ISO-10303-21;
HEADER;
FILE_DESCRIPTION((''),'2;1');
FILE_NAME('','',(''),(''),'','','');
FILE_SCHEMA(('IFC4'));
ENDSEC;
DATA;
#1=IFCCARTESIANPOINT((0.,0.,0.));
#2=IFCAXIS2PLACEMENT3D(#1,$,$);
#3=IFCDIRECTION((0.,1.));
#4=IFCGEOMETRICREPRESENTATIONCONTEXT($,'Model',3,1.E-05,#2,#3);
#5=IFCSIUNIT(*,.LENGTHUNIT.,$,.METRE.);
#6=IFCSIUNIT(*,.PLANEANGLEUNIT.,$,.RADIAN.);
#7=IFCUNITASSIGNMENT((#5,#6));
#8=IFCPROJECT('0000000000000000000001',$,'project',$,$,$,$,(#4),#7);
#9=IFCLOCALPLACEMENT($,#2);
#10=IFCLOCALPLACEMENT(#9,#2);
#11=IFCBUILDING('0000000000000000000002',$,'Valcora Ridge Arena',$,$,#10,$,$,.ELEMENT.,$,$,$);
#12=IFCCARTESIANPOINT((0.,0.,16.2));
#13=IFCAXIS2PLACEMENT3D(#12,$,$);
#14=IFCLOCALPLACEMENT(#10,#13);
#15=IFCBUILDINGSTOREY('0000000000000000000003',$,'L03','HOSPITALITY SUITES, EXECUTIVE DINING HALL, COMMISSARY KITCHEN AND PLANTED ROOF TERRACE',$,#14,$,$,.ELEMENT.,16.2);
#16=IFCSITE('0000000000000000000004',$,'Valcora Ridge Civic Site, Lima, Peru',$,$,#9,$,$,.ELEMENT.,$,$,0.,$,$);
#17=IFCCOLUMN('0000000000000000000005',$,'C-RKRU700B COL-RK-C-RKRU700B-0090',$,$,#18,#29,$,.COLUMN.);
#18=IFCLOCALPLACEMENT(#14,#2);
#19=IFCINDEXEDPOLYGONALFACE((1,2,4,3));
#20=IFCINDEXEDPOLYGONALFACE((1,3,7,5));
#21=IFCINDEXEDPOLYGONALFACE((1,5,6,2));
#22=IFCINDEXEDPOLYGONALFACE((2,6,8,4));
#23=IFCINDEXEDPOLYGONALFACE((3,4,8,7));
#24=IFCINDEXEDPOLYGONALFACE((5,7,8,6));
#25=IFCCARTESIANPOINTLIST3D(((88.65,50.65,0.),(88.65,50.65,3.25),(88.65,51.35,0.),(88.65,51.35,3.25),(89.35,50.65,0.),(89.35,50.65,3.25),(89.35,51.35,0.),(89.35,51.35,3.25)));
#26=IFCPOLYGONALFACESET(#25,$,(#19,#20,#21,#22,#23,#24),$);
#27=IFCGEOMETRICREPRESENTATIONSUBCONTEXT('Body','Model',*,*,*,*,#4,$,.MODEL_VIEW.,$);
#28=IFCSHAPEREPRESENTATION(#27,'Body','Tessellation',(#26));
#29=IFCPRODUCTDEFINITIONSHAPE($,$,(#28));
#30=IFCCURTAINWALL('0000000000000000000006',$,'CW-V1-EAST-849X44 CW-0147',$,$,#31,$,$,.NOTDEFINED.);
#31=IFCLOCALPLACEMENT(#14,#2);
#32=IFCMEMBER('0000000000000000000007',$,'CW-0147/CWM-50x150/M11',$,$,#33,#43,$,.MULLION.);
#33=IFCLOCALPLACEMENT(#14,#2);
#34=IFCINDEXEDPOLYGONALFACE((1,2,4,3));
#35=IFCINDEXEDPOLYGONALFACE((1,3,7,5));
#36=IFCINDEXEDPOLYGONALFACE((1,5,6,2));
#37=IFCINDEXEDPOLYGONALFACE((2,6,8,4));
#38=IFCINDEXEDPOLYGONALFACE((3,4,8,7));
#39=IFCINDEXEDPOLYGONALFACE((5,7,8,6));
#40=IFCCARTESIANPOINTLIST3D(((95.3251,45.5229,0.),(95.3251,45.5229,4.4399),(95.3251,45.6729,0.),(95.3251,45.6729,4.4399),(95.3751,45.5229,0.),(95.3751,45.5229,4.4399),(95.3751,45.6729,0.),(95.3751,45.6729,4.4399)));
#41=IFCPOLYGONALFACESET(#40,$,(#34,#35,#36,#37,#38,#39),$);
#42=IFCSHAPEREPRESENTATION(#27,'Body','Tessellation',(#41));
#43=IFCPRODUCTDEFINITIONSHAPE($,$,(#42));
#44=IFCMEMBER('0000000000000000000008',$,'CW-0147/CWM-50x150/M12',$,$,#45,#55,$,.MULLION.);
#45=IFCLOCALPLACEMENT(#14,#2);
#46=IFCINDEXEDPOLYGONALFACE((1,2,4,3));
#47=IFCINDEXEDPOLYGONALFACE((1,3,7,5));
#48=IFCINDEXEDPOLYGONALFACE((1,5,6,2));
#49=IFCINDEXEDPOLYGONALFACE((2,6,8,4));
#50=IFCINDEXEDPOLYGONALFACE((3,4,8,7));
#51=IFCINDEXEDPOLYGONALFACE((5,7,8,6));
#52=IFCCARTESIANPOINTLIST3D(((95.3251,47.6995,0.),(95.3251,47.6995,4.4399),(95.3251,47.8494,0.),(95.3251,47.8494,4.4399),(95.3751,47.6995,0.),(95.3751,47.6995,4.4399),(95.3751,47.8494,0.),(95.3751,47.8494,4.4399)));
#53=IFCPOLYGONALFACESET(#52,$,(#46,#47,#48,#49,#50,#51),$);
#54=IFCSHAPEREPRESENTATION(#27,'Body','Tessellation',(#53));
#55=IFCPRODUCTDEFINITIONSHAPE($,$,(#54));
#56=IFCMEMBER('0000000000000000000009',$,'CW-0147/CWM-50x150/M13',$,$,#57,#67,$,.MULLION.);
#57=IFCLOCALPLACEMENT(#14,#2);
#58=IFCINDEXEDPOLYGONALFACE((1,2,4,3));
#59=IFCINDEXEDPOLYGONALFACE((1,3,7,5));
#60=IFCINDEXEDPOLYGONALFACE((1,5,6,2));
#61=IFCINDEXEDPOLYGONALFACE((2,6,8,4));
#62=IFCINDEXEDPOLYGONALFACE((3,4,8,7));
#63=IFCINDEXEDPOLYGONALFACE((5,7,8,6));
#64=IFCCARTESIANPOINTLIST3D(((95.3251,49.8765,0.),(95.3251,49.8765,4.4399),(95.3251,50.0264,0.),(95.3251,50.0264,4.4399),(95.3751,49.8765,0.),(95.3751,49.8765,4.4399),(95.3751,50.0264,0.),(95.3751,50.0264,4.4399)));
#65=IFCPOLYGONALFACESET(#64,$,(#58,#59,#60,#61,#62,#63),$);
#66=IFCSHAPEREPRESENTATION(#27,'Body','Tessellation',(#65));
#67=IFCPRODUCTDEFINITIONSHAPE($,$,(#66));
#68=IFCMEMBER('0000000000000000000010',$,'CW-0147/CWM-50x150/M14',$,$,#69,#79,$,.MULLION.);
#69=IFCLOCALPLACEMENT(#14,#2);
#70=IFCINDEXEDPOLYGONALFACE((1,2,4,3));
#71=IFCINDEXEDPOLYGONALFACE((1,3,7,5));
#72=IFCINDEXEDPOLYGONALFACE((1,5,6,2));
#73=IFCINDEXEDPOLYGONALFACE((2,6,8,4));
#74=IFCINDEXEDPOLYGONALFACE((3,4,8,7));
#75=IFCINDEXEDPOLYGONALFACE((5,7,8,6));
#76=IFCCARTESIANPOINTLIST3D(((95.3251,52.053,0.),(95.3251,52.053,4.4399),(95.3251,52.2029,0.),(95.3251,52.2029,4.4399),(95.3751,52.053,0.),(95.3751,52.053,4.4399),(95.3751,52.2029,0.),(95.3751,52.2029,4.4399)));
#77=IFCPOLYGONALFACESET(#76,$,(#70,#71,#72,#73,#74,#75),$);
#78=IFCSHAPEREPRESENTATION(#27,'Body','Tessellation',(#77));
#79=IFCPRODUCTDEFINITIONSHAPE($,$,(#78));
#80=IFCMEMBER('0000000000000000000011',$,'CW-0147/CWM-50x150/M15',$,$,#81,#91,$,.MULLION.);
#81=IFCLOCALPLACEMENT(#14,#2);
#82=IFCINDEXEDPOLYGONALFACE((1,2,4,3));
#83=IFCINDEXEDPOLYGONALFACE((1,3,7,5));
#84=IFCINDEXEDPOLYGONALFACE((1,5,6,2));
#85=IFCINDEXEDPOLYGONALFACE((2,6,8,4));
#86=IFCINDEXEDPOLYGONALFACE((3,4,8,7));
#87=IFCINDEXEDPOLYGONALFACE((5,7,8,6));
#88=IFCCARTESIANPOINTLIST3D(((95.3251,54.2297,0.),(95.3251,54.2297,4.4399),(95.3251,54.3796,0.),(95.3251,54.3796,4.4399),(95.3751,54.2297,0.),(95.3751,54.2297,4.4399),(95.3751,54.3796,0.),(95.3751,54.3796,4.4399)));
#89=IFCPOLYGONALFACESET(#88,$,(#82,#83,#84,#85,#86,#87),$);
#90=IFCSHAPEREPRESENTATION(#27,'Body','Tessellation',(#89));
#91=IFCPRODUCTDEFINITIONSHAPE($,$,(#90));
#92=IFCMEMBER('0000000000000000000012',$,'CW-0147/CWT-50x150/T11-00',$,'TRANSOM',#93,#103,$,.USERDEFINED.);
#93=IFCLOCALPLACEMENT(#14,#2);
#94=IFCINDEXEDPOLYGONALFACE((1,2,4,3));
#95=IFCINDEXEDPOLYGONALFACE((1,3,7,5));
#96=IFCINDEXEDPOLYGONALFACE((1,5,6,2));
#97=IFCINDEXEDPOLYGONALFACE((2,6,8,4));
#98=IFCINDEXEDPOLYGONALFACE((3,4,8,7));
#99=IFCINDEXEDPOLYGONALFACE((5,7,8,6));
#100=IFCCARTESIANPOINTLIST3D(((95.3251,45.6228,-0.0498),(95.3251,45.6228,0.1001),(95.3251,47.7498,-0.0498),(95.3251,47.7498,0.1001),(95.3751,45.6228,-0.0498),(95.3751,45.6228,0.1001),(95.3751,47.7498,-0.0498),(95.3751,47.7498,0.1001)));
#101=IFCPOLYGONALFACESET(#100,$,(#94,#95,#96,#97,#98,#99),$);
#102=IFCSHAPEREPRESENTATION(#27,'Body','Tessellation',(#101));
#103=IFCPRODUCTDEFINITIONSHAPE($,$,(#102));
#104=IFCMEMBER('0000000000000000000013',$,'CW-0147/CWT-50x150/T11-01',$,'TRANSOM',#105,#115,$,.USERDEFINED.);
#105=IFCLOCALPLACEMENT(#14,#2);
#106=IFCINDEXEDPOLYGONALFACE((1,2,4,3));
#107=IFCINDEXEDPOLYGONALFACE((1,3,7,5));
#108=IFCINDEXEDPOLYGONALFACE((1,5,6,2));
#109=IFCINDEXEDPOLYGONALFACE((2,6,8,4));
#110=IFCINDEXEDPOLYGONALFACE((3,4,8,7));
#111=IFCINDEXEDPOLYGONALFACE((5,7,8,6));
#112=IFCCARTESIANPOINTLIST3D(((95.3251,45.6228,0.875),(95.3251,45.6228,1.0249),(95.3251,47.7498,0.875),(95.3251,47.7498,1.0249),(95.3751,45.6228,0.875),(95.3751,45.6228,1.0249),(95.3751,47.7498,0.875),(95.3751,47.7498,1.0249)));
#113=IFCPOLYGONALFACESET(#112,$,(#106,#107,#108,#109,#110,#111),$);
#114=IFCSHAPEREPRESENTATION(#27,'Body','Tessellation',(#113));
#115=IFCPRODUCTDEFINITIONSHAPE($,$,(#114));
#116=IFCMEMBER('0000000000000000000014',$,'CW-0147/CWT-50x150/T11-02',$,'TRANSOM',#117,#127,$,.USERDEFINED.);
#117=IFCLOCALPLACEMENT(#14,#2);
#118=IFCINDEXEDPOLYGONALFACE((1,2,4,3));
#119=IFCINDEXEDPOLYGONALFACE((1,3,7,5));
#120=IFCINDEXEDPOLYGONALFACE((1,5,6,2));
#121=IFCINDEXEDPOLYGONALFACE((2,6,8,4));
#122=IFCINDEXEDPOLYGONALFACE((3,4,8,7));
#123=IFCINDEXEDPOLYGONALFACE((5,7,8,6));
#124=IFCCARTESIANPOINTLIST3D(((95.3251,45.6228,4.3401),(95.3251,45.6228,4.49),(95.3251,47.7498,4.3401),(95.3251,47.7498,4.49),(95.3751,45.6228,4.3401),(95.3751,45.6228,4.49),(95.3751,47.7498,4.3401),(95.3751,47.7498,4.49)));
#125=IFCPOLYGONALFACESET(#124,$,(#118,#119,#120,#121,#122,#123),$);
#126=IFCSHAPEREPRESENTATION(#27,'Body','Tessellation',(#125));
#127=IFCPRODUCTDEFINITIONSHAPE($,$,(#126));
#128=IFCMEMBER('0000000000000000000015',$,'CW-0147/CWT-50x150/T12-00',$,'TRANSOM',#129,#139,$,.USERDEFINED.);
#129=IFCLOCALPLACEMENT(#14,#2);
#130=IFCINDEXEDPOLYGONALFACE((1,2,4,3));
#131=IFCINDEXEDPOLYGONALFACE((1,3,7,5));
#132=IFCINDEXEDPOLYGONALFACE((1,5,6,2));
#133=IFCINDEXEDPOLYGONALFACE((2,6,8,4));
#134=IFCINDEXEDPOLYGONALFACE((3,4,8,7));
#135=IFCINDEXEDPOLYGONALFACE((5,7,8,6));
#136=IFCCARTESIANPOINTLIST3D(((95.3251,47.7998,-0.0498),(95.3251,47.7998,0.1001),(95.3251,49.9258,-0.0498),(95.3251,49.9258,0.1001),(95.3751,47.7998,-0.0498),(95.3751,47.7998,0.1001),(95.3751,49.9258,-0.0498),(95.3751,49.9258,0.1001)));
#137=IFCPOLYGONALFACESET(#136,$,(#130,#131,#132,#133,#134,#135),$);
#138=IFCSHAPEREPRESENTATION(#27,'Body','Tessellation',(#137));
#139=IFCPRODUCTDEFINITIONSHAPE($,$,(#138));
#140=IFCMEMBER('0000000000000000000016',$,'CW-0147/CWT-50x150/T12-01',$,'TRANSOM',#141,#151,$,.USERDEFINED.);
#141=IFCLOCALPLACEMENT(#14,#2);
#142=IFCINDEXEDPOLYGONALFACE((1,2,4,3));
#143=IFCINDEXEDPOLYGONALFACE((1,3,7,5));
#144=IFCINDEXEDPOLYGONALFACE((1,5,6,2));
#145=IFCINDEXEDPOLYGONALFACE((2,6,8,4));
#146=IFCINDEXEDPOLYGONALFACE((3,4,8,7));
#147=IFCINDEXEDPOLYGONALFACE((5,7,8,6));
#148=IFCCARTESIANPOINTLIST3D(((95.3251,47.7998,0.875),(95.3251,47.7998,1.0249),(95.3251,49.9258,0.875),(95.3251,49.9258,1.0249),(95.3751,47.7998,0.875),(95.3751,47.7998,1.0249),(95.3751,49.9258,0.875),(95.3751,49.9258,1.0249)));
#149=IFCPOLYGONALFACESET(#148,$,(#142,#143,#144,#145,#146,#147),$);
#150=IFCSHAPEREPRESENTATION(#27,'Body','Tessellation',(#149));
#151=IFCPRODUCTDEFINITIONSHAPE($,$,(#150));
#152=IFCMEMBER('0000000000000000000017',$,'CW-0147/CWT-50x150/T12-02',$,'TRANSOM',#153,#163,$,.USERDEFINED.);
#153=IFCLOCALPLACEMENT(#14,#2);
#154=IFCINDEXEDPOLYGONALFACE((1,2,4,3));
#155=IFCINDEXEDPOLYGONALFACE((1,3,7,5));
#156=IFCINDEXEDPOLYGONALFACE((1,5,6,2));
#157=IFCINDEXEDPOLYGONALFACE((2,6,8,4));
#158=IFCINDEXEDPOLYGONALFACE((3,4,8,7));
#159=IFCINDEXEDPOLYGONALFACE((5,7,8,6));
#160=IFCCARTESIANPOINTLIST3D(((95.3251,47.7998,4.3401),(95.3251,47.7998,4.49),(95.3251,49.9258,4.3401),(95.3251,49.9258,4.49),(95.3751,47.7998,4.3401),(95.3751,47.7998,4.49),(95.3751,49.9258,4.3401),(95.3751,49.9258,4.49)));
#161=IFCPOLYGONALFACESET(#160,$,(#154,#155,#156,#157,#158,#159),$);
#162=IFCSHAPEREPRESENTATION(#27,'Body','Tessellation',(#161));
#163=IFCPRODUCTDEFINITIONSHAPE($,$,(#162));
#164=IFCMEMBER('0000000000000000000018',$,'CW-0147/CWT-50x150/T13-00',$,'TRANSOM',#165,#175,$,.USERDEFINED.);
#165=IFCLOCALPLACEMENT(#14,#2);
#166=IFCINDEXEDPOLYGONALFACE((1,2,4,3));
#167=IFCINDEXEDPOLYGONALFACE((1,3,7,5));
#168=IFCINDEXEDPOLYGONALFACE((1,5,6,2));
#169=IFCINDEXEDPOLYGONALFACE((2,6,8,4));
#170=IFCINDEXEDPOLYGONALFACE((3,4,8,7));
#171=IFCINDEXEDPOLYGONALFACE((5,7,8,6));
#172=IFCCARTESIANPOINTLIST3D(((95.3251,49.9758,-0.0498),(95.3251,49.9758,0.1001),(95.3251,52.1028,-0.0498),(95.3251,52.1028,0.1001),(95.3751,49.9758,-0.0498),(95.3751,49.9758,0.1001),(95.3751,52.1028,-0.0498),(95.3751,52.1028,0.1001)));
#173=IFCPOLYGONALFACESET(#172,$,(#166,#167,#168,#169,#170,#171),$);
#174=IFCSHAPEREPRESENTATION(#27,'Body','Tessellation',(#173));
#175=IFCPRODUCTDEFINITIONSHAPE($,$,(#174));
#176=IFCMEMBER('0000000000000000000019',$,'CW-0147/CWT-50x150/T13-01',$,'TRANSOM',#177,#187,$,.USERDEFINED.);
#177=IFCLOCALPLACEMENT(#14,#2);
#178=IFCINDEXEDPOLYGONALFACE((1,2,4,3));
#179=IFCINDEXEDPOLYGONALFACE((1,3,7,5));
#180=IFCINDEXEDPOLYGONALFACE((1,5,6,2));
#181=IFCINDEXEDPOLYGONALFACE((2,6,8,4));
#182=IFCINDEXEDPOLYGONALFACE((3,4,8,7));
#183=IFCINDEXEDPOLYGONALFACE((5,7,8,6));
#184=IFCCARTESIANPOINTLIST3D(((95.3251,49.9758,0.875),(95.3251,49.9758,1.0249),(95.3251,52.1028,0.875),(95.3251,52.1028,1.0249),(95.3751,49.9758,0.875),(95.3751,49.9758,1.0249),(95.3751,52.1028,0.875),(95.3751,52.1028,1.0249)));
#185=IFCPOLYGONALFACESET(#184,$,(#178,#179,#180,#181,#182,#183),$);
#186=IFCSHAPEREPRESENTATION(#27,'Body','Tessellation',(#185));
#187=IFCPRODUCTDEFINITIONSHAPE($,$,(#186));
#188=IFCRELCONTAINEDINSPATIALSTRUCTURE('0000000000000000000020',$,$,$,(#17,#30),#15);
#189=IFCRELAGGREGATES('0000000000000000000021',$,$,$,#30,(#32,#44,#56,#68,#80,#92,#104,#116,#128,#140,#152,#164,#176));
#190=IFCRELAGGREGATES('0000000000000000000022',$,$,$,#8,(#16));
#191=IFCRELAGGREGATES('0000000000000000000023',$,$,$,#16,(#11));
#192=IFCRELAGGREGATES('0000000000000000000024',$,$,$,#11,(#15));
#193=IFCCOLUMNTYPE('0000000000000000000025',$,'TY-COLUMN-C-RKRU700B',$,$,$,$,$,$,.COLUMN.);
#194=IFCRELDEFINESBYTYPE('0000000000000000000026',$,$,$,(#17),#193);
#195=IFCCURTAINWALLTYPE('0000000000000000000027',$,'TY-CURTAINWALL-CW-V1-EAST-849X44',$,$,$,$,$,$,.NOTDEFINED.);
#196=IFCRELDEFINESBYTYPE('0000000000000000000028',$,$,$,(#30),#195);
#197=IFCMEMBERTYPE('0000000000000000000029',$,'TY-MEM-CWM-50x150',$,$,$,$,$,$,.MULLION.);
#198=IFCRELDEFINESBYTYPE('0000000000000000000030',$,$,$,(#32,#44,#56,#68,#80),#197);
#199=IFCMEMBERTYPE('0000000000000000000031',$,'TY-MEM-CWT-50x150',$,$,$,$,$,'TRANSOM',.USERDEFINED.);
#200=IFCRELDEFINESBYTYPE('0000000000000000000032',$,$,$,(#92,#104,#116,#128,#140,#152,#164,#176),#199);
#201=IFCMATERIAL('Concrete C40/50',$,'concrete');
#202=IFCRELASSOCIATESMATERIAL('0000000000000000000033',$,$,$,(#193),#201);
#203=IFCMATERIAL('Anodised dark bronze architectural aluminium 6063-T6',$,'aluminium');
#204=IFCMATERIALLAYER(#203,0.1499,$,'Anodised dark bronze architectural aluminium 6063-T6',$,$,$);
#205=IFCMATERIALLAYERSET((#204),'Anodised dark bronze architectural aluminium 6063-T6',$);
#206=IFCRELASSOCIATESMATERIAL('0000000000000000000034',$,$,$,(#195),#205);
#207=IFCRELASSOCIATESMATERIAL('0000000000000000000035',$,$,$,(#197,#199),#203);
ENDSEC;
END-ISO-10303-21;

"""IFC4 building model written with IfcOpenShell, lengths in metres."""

from ifc_helpers import new_model, si_unit, direction, frame, origin, origin_2d, place, context, subcontext, project, spatial, rectangle, extrude, material, layer, layer_set, material_profile, profile_set, type_object, element, aggregate, save


model = new_model("IFC4")

# Units and contexts
model_context = context("Model", 3, precision=1e-05, world=origin(), true_north=direction((0.0, 1.0)))
body_context = subcontext(model_context, "Body", "Model", "MODEL_VIEW")
ifc_project = project(units=[si_unit("LENGTHUNIT", "METRE"), si_unit("PLANEANGLEUNIT", "RADIAN")], contexts=[model_context])

# Site, building, storey
site_placement = place(None, origin())
site = spatial("IfcSite", under=ifc_project, at=site_placement, Name="Valcora Ridge Civic Site, Lima, Peru", CompositionType="ELEMENT", RefElevation=0.0)
building_placement = place(site_placement, origin())
building = spatial("IfcBuilding", under=site, at=building_placement, Name="Valcora Ridge Arena", CompositionType="ELEMENT")
storey_placement = place(building_placement, frame((0.0, 0.0, 16.2)))
storey = spatial("IfcBuildingStorey", under=building, at=storey_placement, Name="L03", Description="HOSPITALITY SUITES, EXECUTIVE DINING HALL, COMMISSARY KITCHEN AND PLANTED ROOF TERRACE", CompositionType="ELEMENT", Elevation=16.2)

# Column
ifc_material_1 = material(Name="Concrete C40/50", Category="concrete")
ifc_material_profile_1 = material_profile(ifc_material_1, rectangle(XDim=0.7, YDim=0.7, at=origin_2d()), Name="RC 700x700")
ifc_profile_set_1 = profile_set([ifc_material_profile_1], Name="Concrete C40/50")
column_type = type_object("IfcColumnType", Name="TY-COLUMN-C-RKRU700B", PredefinedType="COLUMN", material=ifc_profile_set_1)
column_placement = place(storey_placement, frame((89.0, 51.0, 0.0), z_axis=(0.0, 0.0, 1.0), x_axis=(1.0, 0.0, 0.0)))
element("IfcColumn", 1, at=column_placement, inside=storey, type_object=column_type, Name="C-RKRU700B COL-RK-C-RKRU700B-0090", PredefinedType="COLUMN", context=body_context, shape_type="SweptSolid", body=[
    extrude(rectangle(XDim=0.7, YDim=0.7, at=origin_2d()), origin(), (0.0, 0.0, 1.0), 3.25),
])

# Curtain wall, members
ifc_material_2 = material(Name="Anodised dark bronze architectural aluminium 6063-T6", Category="aluminium")
ifc_layer_1 = layer(ifc_material_2, 0.1499, Name="Anodised dark bronze architectural aluminium 6063-T6")
ifc_layer_set_1 = layer_set([ifc_layer_1], Name="Anodised dark bronze architectural aluminium 6063-T6")
curtain_wall_type = type_object("IfcCurtainWallType", Name="TY-CURTAINWALL-CW-V1-EAST-849X44", PredefinedType="NOTDEFINED", material=ifc_layer_set_1)
curtain_wall_placement = place(storey_placement, origin())
curtain_wall = element("IfcCurtainWall", 2, at=curtain_wall_placement, inside=storey, type_object=curtain_wall_type, Name="CW-V1-EAST-849X44 CW-0147", PredefinedType="NOTDEFINED")
ifc_material_profile_2 = material_profile(ifc_material_2, rectangle(XDim=0.05, YDim=0.1499, at=origin_2d()), Name="ALU MULLION 50x150")
ifc_profile_set_2 = profile_set([ifc_material_profile_2], Name="Anodised dark bronze architectural aluminium 6063-T6")
member_type_1 = type_object("IfcMemberType", Name="TY-MEM-CWM-50x150", PredefinedType="MULLION", material=ifc_profile_set_2)
member_1_placement = place(storey_placement, frame((95.3501, 45.5979, 0.0), z_axis=(0.0, 0.0, 1.0), x_axis=(-1.0, 0.0, 0.0)))
member_1 = element("IfcMember", 3, at=member_1_placement, type_object=member_type_1, Name="CW-0147/CWM-50x150/M11", PredefinedType="MULLION", context=body_context, shape_type="SweptSolid", body=[
    extrude(rectangle(XDim=0.05, YDim=0.1499, at=origin_2d()), origin(), (0.0, 0.0, 1.0), 4.4399),
])
member_2_placement = place(storey_placement, frame((95.3501, 47.7744, 0.0), z_axis=(0.0, 0.0, 1.0), x_axis=(-1.0, 0.0, 0.0)))
member_2 = element("IfcMember", 4, at=member_2_placement, type_object=member_type_1, Name="CW-0147/CWM-50x150/M12", PredefinedType="MULLION", context=body_context, shape_type="SweptSolid", body=[
    extrude(rectangle(XDim=0.05, YDim=0.1499, at=origin_2d()), origin(), (0.0, 0.0, 1.0), 4.4399),
])
member_3_placement = place(storey_placement, frame((95.3501, 49.9514, 0.0), z_axis=(0.0, 0.0, 1.0), x_axis=(-1.0, 0.0, 0.0)))
member_3 = element("IfcMember", 5, at=member_3_placement, type_object=member_type_1, Name="CW-0147/CWM-50x150/M13", PredefinedType="MULLION", context=body_context, shape_type="SweptSolid", body=[
    extrude(rectangle(XDim=0.05, YDim=0.1499, at=origin_2d()), origin(), (0.0, 0.0, 1.0), 4.4399),
])
member_4_placement = place(storey_placement, frame((95.3501, 52.1279, 0.0), z_axis=(0.0, 0.0, 1.0), x_axis=(-1.0, 0.0, 0.0)))
member_4 = element("IfcMember", 6, at=member_4_placement, type_object=member_type_1, Name="CW-0147/CWM-50x150/M14", PredefinedType="MULLION", context=body_context, shape_type="SweptSolid", body=[
    extrude(rectangle(XDim=0.05, YDim=0.1499, at=origin_2d()), origin(), (0.0, 0.0, 1.0), 4.4399),
])
member_5_placement = place(storey_placement, frame((95.3501, 54.3047, 0.0), z_axis=(0.0, 0.0, 1.0), x_axis=(-1.0, 0.0, 0.0)))
member_5 = element("IfcMember", 7, at=member_5_placement, type_object=member_type_1, Name="CW-0147/CWM-50x150/M15", PredefinedType="MULLION", context=body_context, shape_type="SweptSolid", body=[
    extrude(rectangle(XDim=0.05, YDim=0.1499, at=origin_2d()), origin(), (0.0, 0.0, 1.0), 4.4399),
])
ifc_material_profile_3 = material_profile(ifc_material_2, rectangle(XDim=0.05, YDim=0.1499, at=origin_2d()), Name="ALU TRANSOM 50x150")
ifc_profile_set_3 = profile_set([ifc_material_profile_3], Name="Anodised dark bronze architectural aluminium 6063-T6")
member_type_2 = type_object("IfcMemberType", Name="TY-MEM-CWT-50x150", ElementType="TRANSOM", PredefinedType="USERDEFINED", material=ifc_profile_set_3)
member_6_placement = place(storey_placement, frame((95.3501, 45.6228, 0.0251), z_axis=(0.0, 1.0, 0.0), x_axis=(-1.0, 0.0, 0.0)))
member_6 = element("IfcMember", 8, at=member_6_placement, type_object=member_type_2, Name="CW-0147/CWT-50x150/T11-00", ObjectType="TRANSOM", PredefinedType="USERDEFINED", context=body_context, shape_type="SweptSolid", body=[
    extrude(rectangle(XDim=0.05, YDim=0.1499, at=origin_2d()), origin(), (0.0, 0.0, 1.0), 2.127),
])
member_7_placement = place(storey_placement, frame((95.3501, 45.6228, 0.95), z_axis=(0.0, 1.0, 0.0), x_axis=(-1.0, 0.0, 0.0)))
member_7 = element("IfcMember", 9, at=member_7_placement, type_object=member_type_2, Name="CW-0147/CWT-50x150/T11-01", ObjectType="TRANSOM", PredefinedType="USERDEFINED", context=body_context, shape_type="SweptSolid", body=[
    extrude(rectangle(XDim=0.05, YDim=0.1499, at=origin_2d()), origin(), (0.0, 0.0, 1.0), 2.127),
])
member_8_placement = place(storey_placement, frame((95.3501, 45.6228, 4.415), z_axis=(0.0, 1.0, 0.0), x_axis=(-1.0, 0.0, 0.0)))
member_8 = element("IfcMember", 10, at=member_8_placement, type_object=member_type_2, Name="CW-0147/CWT-50x150/T11-02", ObjectType="TRANSOM", PredefinedType="USERDEFINED", context=body_context, shape_type="SweptSolid", body=[
    extrude(rectangle(XDim=0.05, YDim=0.1499, at=origin_2d()), origin(), (0.0, 0.0, 1.0), 2.127),
])
member_9_placement = place(storey_placement, frame((95.3501, 47.7998, 0.0251), z_axis=(0.0, 1.0, 0.0), x_axis=(-1.0, 0.0, 0.0)))
member_9 = element("IfcMember", 11, at=member_9_placement, type_object=member_type_2, Name="CW-0147/CWT-50x150/T12-00", ObjectType="TRANSOM", PredefinedType="USERDEFINED", context=body_context, shape_type="SweptSolid", body=[
    extrude(rectangle(XDim=0.05, YDim=0.1499, at=origin_2d()), origin(), (0.0, 0.0, 1.0), 2.126),
])
member_10_placement = place(storey_placement, frame((95.3501, 47.7998, 0.95), z_axis=(0.0, 1.0, 0.0), x_axis=(-1.0, 0.0, 0.0)))
member_10 = element("IfcMember", 12, at=member_10_placement, type_object=member_type_2, Name="CW-0147/CWT-50x150/T12-01", ObjectType="TRANSOM", PredefinedType="USERDEFINED", context=body_context, shape_type="SweptSolid", body=[
    extrude(rectangle(XDim=0.05, YDim=0.1499, at=origin_2d()), origin(), (0.0, 0.0, 1.0), 2.126),
])
member_11_placement = place(storey_placement, frame((95.3501, 47.7998, 4.415), z_axis=(0.0, 1.0, 0.0), x_axis=(-1.0, 0.0, 0.0)))
member_11 = element("IfcMember", 13, at=member_11_placement, type_object=member_type_2, Name="CW-0147/CWT-50x150/T12-02", ObjectType="TRANSOM", PredefinedType="USERDEFINED", context=body_context, shape_type="SweptSolid", body=[
    extrude(rectangle(XDim=0.05, YDim=0.1499, at=origin_2d()), origin(), (0.0, 0.0, 1.0), 2.126),
])
member_12_placement = place(storey_placement, frame((95.3501, 49.9758, 0.0251), z_axis=(0.0, 1.0, 0.0), x_axis=(-1.0, 0.0, 0.0)))
member_12 = element("IfcMember", 14, at=member_12_placement, type_object=member_type_2, Name="CW-0147/CWT-50x150/T13-00", ObjectType="TRANSOM", PredefinedType="USERDEFINED", context=body_context, shape_type="SweptSolid", body=[
    extrude(rectangle(XDim=0.05, YDim=0.1499, at=origin_2d()), origin(), (0.0, 0.0, 1.0), 2.127),
])
member_13_placement = place(storey_placement, frame((95.3501, 49.9758, 0.95), z_axis=(0.0, 1.0, 0.0), x_axis=(-1.0, 0.0, 0.0)))
member_13 = element("IfcMember", 15, at=member_13_placement, type_object=member_type_2, Name="CW-0147/CWT-50x150/T13-01", ObjectType="TRANSOM", PredefinedType="USERDEFINED", context=body_context, shape_type="SweptSolid", body=[
    extrude(rectangle(XDim=0.05, YDim=0.1499, at=origin_2d()), origin(), (0.0, 0.0, 1.0), 2.127),
])

aggregate(curtain_wall, [member_1, member_2, member_3, member_4, member_5, member_6, member_7, member_8, member_9, member_10, member_11, member_12, member_13])

save(model, "model.ifc")
